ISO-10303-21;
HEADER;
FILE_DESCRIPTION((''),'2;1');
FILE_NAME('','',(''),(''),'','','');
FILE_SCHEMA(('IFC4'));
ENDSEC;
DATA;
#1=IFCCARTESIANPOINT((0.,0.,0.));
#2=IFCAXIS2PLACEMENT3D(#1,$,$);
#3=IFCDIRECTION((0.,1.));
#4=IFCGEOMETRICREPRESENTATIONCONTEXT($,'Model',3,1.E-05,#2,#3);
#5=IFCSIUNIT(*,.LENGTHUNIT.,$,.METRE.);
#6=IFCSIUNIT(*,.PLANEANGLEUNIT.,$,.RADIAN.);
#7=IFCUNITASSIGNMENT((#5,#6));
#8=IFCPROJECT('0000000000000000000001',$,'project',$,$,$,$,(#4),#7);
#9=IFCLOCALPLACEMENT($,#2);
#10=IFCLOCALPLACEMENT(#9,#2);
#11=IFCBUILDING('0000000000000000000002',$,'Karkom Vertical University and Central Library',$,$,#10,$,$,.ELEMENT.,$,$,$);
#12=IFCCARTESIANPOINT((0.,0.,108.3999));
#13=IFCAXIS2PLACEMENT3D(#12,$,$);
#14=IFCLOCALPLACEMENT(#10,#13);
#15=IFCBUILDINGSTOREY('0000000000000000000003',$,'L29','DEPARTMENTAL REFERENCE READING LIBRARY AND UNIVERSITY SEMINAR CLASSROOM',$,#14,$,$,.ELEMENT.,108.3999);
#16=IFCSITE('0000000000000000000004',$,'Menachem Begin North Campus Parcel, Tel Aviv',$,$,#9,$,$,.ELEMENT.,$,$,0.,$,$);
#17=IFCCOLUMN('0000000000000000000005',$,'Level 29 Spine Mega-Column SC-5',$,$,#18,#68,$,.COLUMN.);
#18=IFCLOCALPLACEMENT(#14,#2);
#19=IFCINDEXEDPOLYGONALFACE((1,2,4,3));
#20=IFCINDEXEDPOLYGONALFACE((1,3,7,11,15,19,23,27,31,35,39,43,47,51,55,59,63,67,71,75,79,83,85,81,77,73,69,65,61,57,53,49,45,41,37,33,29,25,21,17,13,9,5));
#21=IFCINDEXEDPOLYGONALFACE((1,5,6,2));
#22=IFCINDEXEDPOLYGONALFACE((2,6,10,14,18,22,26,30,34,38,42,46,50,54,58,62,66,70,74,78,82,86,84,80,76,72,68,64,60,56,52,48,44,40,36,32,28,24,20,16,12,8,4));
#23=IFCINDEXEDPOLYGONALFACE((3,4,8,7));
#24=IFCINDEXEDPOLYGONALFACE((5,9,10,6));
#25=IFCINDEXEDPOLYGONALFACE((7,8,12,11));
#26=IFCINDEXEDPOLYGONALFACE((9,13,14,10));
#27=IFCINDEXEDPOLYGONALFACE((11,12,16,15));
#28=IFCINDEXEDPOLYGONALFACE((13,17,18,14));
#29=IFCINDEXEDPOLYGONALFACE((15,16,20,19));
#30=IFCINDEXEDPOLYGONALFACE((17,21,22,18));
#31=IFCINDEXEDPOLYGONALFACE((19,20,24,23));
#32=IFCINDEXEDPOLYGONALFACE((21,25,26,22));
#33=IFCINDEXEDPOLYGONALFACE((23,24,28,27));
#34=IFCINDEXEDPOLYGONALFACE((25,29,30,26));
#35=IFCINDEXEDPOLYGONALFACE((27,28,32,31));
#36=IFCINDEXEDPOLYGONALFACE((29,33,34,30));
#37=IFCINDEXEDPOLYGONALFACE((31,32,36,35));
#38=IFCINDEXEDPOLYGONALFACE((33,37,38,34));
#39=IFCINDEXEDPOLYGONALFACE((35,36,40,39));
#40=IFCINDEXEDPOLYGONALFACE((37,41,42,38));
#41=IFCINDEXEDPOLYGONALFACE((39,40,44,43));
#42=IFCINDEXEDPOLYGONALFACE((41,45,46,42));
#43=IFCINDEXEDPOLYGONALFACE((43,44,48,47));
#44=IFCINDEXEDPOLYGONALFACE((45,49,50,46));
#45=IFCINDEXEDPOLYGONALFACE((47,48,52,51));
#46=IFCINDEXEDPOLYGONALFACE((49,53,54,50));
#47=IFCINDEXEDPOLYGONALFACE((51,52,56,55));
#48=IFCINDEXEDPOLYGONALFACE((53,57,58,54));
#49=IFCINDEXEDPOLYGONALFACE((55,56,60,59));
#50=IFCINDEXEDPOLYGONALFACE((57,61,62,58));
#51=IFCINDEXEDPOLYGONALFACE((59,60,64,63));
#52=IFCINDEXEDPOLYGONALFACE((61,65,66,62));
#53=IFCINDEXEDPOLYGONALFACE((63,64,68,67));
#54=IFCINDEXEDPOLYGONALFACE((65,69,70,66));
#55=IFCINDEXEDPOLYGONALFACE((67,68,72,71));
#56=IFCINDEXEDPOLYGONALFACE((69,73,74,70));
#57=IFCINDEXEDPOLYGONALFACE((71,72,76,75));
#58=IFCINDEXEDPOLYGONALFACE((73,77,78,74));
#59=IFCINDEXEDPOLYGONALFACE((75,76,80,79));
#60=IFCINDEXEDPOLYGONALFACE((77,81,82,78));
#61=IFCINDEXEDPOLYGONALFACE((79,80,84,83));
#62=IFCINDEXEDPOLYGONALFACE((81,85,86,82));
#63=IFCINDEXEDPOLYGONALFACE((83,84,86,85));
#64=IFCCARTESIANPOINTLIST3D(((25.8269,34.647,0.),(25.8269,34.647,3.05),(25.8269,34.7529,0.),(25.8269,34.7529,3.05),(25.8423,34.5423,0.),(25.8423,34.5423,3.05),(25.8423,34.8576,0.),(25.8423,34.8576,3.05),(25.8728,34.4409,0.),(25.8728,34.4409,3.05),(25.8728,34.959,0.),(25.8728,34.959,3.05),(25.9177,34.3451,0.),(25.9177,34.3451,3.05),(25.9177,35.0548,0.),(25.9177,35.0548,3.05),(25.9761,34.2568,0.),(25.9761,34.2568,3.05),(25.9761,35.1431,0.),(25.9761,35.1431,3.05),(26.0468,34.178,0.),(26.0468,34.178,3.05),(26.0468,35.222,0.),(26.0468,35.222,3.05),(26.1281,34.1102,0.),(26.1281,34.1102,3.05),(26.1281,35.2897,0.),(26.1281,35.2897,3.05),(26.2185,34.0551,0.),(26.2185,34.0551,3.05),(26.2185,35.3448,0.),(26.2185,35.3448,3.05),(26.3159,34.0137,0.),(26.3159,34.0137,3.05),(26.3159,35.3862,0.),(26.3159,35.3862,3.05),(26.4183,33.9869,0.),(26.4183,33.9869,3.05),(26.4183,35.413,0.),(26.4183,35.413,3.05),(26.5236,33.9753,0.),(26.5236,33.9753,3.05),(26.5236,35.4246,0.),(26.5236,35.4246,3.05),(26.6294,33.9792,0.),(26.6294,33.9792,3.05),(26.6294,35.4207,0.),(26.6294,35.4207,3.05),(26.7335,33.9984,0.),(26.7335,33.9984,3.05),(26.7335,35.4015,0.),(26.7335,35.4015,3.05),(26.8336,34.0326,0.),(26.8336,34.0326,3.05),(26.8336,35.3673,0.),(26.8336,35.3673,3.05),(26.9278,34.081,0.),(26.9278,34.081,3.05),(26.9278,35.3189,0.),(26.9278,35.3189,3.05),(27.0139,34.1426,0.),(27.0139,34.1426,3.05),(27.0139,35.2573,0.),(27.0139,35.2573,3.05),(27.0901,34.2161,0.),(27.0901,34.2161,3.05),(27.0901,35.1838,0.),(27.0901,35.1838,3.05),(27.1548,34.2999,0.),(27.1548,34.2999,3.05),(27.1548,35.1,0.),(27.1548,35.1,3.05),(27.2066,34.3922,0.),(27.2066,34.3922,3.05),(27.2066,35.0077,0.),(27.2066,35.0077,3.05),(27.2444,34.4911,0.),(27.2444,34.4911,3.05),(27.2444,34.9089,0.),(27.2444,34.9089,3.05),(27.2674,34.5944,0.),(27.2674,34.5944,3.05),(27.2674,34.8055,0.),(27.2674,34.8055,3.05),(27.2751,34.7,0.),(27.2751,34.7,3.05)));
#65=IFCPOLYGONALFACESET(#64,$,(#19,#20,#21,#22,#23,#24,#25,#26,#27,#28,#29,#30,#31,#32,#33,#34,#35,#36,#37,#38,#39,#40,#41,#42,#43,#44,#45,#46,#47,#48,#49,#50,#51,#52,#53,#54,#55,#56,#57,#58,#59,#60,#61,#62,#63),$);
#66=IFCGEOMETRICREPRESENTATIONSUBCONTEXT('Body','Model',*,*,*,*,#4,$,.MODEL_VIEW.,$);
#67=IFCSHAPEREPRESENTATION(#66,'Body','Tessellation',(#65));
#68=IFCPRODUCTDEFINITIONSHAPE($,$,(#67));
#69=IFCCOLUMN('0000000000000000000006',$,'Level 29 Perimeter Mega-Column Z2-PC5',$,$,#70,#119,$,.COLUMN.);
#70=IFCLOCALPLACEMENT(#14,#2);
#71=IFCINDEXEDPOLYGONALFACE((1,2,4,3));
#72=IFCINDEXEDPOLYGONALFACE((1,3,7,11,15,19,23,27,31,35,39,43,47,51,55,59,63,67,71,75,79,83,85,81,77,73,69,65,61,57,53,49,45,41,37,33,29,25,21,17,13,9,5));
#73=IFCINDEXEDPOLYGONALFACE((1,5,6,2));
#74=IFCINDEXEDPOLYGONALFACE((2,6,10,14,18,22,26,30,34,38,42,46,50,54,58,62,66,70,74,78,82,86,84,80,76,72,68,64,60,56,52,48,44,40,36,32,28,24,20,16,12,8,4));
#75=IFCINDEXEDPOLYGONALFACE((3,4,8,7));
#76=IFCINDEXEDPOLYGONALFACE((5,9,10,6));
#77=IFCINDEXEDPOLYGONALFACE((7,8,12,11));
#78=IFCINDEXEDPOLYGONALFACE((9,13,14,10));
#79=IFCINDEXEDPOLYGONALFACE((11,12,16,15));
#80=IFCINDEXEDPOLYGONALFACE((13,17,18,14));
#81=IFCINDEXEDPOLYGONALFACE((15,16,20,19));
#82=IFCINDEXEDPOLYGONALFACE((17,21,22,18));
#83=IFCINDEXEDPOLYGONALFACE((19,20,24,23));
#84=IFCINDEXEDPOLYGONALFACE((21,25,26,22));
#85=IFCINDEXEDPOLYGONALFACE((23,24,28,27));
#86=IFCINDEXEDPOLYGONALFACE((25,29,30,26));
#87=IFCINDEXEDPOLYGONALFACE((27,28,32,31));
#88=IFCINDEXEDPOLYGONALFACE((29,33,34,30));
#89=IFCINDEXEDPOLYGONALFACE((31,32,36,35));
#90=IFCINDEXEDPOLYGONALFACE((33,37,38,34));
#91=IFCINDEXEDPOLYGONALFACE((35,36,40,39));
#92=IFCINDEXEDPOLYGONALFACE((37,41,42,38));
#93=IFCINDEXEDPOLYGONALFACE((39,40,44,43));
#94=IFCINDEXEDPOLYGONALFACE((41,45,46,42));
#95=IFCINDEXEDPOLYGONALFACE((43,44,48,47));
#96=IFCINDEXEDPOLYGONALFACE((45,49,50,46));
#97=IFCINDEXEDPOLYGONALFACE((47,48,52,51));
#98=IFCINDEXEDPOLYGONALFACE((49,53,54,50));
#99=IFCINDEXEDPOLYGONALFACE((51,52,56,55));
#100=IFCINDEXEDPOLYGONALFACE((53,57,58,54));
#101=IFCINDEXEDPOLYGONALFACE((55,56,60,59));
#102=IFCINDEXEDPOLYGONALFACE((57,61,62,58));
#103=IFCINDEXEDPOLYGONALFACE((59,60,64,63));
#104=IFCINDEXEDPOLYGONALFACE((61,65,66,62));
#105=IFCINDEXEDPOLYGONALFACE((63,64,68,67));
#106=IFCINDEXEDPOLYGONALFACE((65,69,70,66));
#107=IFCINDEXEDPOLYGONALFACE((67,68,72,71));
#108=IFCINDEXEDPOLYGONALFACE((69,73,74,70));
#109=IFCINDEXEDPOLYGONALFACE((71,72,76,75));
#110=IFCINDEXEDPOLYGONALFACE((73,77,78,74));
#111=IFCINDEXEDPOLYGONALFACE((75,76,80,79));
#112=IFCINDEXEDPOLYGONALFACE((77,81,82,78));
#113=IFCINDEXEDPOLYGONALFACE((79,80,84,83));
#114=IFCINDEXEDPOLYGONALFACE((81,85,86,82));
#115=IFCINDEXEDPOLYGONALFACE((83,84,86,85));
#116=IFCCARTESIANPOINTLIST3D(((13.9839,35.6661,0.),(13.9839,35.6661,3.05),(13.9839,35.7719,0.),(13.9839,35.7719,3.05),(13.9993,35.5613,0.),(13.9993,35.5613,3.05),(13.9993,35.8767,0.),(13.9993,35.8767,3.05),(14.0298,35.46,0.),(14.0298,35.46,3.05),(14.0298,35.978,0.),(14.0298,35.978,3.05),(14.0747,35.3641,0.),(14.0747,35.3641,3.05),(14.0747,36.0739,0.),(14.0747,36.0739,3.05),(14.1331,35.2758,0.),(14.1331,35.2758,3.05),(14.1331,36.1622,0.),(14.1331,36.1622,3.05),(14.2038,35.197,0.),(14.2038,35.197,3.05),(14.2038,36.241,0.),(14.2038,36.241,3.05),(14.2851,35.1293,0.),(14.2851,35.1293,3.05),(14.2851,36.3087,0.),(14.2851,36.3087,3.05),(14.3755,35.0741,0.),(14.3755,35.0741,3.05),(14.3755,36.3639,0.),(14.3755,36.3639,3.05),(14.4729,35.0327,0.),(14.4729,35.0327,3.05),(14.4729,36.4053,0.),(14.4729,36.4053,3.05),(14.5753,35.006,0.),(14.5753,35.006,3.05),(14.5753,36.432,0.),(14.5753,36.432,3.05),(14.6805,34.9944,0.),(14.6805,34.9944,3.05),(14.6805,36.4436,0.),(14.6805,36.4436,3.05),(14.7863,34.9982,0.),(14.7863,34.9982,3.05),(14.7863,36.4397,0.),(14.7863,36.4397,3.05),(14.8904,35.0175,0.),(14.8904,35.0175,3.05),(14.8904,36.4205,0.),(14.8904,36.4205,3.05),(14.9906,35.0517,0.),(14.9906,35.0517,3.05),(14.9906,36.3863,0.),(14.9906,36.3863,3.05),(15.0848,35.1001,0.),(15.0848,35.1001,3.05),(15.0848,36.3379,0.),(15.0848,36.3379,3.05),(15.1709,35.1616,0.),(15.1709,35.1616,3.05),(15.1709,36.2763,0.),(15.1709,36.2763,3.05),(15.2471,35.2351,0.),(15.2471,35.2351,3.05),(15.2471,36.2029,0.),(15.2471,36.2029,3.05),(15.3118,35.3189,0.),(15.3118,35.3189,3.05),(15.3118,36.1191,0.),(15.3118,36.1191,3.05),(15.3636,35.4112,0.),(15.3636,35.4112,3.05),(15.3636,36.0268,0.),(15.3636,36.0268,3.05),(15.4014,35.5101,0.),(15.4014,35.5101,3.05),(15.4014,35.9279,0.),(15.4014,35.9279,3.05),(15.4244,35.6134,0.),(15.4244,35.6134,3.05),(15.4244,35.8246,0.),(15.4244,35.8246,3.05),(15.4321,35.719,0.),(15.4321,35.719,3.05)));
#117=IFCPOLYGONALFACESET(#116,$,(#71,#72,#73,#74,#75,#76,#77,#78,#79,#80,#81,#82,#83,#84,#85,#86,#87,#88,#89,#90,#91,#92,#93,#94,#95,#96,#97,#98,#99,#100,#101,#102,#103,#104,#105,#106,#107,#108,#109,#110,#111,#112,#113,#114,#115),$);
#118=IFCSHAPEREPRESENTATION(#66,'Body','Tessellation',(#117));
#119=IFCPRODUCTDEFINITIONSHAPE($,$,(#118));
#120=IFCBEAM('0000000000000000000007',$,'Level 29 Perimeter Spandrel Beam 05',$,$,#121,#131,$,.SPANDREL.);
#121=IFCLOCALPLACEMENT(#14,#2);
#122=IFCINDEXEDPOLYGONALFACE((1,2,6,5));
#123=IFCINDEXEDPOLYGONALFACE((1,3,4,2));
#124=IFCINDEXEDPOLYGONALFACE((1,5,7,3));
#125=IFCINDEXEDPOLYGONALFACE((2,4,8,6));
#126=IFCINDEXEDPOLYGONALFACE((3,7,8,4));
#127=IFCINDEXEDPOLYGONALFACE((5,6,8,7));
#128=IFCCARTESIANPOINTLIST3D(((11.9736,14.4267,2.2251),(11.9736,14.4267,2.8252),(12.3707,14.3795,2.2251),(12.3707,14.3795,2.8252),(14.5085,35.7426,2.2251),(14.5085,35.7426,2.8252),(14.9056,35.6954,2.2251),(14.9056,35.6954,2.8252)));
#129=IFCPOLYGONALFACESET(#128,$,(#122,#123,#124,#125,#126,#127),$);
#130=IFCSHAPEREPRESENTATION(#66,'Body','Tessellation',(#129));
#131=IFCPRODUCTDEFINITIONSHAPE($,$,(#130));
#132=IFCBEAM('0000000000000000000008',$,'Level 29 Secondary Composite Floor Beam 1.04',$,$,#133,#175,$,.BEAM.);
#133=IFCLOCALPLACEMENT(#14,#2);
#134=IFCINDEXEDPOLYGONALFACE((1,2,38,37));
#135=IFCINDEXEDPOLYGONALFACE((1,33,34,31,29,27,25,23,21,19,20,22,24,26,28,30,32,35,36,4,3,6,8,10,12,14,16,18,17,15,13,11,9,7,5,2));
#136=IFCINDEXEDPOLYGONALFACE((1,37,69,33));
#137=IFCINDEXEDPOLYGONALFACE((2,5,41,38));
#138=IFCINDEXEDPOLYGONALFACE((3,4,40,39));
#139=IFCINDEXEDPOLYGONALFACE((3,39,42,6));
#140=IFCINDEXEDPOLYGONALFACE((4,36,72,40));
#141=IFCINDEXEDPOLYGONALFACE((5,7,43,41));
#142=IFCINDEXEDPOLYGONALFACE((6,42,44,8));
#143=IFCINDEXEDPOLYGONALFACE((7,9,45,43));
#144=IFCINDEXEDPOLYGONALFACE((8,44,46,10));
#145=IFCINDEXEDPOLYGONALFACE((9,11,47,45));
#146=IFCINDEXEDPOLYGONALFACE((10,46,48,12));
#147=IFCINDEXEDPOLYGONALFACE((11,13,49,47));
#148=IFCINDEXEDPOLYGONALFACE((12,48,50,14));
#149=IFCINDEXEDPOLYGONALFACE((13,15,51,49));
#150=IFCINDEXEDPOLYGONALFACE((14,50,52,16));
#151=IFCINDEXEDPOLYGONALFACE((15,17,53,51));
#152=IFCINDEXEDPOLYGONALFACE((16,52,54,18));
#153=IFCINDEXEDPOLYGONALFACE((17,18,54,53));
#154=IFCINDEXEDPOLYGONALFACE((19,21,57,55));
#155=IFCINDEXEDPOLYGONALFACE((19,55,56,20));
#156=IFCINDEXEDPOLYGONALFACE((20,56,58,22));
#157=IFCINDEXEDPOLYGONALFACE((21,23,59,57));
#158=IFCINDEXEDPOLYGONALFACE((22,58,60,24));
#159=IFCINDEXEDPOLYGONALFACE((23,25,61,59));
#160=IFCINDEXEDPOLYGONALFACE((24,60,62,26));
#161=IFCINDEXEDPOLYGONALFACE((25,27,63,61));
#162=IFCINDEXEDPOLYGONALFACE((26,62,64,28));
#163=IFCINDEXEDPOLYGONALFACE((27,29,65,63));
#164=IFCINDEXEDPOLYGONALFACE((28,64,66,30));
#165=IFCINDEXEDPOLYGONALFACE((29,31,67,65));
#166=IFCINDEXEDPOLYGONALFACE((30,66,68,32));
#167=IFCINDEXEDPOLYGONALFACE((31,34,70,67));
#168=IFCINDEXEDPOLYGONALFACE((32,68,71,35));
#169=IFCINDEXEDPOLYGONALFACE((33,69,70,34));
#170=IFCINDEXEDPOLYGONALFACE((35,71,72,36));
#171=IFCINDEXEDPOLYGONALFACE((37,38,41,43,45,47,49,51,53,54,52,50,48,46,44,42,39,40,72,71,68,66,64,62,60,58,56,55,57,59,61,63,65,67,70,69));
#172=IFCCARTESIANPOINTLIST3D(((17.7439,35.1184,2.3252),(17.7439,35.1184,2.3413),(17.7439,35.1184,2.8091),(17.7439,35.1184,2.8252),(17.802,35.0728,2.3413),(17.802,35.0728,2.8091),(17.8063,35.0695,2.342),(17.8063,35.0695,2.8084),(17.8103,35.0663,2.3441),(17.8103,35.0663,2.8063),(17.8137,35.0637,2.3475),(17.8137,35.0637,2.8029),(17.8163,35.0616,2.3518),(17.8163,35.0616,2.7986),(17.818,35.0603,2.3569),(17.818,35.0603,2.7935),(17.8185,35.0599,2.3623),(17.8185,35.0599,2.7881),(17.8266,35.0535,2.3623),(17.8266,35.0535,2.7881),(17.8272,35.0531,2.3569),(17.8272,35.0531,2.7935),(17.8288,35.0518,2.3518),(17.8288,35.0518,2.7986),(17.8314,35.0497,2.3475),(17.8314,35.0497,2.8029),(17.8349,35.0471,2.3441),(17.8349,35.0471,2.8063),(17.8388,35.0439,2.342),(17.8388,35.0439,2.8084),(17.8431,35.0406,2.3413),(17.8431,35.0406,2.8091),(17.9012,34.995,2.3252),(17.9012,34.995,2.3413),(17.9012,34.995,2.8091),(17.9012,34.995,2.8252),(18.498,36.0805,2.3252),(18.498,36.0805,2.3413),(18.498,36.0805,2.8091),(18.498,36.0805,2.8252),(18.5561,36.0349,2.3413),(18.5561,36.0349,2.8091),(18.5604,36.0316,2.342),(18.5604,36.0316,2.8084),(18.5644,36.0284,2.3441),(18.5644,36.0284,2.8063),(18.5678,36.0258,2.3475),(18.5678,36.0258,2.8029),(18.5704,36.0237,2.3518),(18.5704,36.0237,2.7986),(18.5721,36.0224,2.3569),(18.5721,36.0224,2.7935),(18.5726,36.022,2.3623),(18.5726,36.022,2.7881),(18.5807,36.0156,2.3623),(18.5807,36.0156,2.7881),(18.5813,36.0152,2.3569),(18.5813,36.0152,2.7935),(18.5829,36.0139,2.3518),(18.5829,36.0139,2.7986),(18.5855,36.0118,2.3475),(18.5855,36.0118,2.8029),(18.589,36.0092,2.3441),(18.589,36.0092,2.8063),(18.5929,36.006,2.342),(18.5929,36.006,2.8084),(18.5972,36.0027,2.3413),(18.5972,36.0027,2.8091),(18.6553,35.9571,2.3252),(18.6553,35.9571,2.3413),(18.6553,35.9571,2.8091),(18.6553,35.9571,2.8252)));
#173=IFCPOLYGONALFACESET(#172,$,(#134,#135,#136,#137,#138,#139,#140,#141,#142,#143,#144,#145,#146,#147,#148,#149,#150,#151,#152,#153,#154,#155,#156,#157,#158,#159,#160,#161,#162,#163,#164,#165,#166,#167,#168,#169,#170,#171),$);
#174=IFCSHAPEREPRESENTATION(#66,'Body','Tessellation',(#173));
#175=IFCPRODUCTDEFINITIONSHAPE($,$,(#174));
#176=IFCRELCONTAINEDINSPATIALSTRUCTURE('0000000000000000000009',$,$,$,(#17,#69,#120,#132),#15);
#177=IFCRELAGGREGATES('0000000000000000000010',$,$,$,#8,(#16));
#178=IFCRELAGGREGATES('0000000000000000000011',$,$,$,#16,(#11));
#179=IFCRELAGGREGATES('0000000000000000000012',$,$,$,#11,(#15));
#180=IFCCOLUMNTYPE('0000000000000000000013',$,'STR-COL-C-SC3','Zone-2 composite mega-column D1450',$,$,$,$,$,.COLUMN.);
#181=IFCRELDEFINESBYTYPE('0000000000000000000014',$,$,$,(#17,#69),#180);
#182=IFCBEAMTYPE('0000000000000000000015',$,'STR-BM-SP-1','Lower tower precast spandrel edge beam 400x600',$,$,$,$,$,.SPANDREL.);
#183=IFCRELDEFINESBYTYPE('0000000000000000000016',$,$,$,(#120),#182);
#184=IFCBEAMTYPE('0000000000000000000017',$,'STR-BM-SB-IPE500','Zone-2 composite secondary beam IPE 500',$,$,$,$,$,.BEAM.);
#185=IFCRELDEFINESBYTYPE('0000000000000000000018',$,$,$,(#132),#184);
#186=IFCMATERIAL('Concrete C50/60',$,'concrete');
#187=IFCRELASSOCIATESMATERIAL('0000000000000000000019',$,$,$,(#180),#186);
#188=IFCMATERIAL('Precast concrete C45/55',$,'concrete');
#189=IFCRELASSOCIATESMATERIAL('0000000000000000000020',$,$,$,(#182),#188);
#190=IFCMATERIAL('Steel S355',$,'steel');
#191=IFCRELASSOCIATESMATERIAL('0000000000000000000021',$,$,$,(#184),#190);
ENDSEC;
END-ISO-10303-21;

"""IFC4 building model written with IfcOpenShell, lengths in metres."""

from ifc_helpers import new_model, si_unit, direction, frame, origin, origin_with_axes, origin_2d, place, context, subcontext, project, spatial, rectangle, circle, i_section, extrude, source, transform, mapped, material, material_profile, profile_set, type_object, element, save


model = new_model("IFC4")

# Units and contexts
model_context = context("Model", 3, precision=1e-05, world=origin(), true_north=direction((0.0, 1.0)))
body_context = subcontext(model_context, "Body", "Model", "MODEL_VIEW")
ifc_project = project(units=[si_unit("LENGTHUNIT", "METRE"), si_unit("PLANEANGLEUNIT", "RADIAN")], contexts=[model_context])

# Site, building, storey
site_placement = place(None, origin())
site = spatial("IfcSite", under=ifc_project, at=site_placement, Name="Menachem Begin North Campus Parcel, Tel Aviv", CompositionType="ELEMENT", RefElevation=0.0)
building_placement = place(site_placement, origin())
building = spatial("IfcBuilding", under=site, at=building_placement, Name="Karkom Vertical University and Central Library", CompositionType="ELEMENT")
storey_placement = place(building_placement, frame((0.0, 0.0, 108.3999)))
storey = spatial("IfcBuildingStorey", under=building, at=storey_placement, Name="L29", Description="DEPARTMENTAL REFERENCE READING LIBRARY AND UNIVERSITY SEMINAR CLASSROOM", CompositionType="ELEMENT", Elevation=108.3999)

# Columns
ifc_material_1 = material(Name="Concrete C50/60", Category="concrete")
ifc_material_profile_1 = material_profile(ifc_material_1, circle(Radius=0.7251, at=origin_2d()), Name="CFT-D1450")
ifc_profile_set_1 = profile_set([ifc_material_profile_1], Name="Concrete C50/60")
column_type = type_object("IfcColumnType", Name="STR-COL-C-SC3", Description="Zone-2 composite mega-column D1450", PredefinedType="COLUMN", material=ifc_profile_set_1)
shared_shape_1 = source(origin_with_axes(), body_context, "Body", "SweptSolid", [
    extrude(circle(Radius=0.7251, at=origin_2d()), origin(), (0.0, 0.0, 1.0), 3.05),
])
for number, where, z_axis, x_axis, name in (
    (1, (26.55, 34.7, 0.0), (0.0, 0.0, 1.0), (1.0, 0.0, 0.0), "Level 29 Spine Mega-Column SC-5"),
    (2, (14.707, 35.719, 0.0), (0.0, 0.0, 1.0), (1.0, 0.0, 0.0), "Level 29 Perimeter Mega-Column Z2-PC5"),
):
    element("IfcColumn", number, at=place(storey_placement, frame(where, z_axis=z_axis, x_axis=x_axis)), inside=storey, type_object=column_type, Name=name, PredefinedType="COLUMN", context=body_context, shape_type="MappedRepresentation", body=[
        mapped(shared_shape_1, transform((0.0, 0.0, 0.0), scale=1.0)),
    ])

# Beams
ifc_material_2 = material(Name="Precast concrete C45/55", Category="concrete")
ifc_material_profile_2 = material_profile(ifc_material_2, rectangle(XDim=0.3999, YDim=0.6001, at=origin_2d()), Name="SPB-400x600")
ifc_profile_set_2 = profile_set([ifc_material_profile_2], Name="Precast concrete C45/55")
beam_type_1 = type_object("IfcBeamType", Name="STR-BM-SP-1", Description="Lower tower precast spandrel edge beam 400x600", PredefinedType="SPANDREL", material=ifc_profile_set_2)
shared_shape_2 = source(origin_with_axes(), body_context, "Body", "SweptSolid", [
    extrude(rectangle(XDim=0.3999, YDim=0.6001, at=origin_2d()), origin(), (0.0, 0.0, 1.0), 21.4661),
])
beam_1_placement = place(storey_placement, frame((14.707, 35.719, 2.5251), z_axis=(-0.118089, -0.993003, 0.0), x_axis=(0.993003, -0.118089, 0.0)))
element("IfcBeam", 3, at=beam_1_placement, inside=storey, type_object=beam_type_1, Name="Level 29 Perimeter Spandrel Beam 05", PredefinedType="SPANDREL", context=body_context, shape_type="MappedRepresentation", body=[
    mapped(shared_shape_2, transform((0.0, 0.0, 0.0), scale=1.0)),
])
ifc_material_3 = material(Name="Steel S355", Category="steel")
ifc_material_profile_3 = material_profile(ifc_material_3, i_section(OverallWidth=0.2, OverallDepth=0.5, WebThickness=0.0103, FlangeThickness=0.0161, FilletRadius=0.021, at=origin_2d()), Name="IPE 500")
ifc_profile_set_3 = profile_set([ifc_material_profile_3], Name="Steel S355")
beam_type_2 = type_object("IfcBeamType", Name="STR-BM-SB-IPE500", Description="Zone-2 composite secondary beam IPE 500", PredefinedType="BEAM", material=ifc_profile_set_3)
shared_shape_3 = source(origin_with_axes(), body_context, "Body", "SweptSolid", [
    extrude(i_section(OverallWidth=0.2, OverallDepth=0.5, WebThickness=0.0103, FlangeThickness=0.0161, FilletRadius=0.021, at=origin_2d()), origin(), (0.0, 0.0, 1.0), 1.2224),
])
beam_2_placement = place(storey_placement, frame((18.5767, 36.0188, 2.5752), z_axis=(-0.616895, -0.787045, 0.0), x_axis=(0.787045, -0.616895, 0.0)))
element("IfcBeam", 4, at=beam_2_placement, inside=storey, type_object=beam_type_2, Name="Level 29 Secondary Composite Floor Beam 1.04", PredefinedType="BEAM", context=body_context, shape_type="MappedRepresentation", body=[
    mapped(shared_shape_3, transform((0.0, 0.0, 0.0), scale=1.0)),
])

save(model, "model.ifc")
